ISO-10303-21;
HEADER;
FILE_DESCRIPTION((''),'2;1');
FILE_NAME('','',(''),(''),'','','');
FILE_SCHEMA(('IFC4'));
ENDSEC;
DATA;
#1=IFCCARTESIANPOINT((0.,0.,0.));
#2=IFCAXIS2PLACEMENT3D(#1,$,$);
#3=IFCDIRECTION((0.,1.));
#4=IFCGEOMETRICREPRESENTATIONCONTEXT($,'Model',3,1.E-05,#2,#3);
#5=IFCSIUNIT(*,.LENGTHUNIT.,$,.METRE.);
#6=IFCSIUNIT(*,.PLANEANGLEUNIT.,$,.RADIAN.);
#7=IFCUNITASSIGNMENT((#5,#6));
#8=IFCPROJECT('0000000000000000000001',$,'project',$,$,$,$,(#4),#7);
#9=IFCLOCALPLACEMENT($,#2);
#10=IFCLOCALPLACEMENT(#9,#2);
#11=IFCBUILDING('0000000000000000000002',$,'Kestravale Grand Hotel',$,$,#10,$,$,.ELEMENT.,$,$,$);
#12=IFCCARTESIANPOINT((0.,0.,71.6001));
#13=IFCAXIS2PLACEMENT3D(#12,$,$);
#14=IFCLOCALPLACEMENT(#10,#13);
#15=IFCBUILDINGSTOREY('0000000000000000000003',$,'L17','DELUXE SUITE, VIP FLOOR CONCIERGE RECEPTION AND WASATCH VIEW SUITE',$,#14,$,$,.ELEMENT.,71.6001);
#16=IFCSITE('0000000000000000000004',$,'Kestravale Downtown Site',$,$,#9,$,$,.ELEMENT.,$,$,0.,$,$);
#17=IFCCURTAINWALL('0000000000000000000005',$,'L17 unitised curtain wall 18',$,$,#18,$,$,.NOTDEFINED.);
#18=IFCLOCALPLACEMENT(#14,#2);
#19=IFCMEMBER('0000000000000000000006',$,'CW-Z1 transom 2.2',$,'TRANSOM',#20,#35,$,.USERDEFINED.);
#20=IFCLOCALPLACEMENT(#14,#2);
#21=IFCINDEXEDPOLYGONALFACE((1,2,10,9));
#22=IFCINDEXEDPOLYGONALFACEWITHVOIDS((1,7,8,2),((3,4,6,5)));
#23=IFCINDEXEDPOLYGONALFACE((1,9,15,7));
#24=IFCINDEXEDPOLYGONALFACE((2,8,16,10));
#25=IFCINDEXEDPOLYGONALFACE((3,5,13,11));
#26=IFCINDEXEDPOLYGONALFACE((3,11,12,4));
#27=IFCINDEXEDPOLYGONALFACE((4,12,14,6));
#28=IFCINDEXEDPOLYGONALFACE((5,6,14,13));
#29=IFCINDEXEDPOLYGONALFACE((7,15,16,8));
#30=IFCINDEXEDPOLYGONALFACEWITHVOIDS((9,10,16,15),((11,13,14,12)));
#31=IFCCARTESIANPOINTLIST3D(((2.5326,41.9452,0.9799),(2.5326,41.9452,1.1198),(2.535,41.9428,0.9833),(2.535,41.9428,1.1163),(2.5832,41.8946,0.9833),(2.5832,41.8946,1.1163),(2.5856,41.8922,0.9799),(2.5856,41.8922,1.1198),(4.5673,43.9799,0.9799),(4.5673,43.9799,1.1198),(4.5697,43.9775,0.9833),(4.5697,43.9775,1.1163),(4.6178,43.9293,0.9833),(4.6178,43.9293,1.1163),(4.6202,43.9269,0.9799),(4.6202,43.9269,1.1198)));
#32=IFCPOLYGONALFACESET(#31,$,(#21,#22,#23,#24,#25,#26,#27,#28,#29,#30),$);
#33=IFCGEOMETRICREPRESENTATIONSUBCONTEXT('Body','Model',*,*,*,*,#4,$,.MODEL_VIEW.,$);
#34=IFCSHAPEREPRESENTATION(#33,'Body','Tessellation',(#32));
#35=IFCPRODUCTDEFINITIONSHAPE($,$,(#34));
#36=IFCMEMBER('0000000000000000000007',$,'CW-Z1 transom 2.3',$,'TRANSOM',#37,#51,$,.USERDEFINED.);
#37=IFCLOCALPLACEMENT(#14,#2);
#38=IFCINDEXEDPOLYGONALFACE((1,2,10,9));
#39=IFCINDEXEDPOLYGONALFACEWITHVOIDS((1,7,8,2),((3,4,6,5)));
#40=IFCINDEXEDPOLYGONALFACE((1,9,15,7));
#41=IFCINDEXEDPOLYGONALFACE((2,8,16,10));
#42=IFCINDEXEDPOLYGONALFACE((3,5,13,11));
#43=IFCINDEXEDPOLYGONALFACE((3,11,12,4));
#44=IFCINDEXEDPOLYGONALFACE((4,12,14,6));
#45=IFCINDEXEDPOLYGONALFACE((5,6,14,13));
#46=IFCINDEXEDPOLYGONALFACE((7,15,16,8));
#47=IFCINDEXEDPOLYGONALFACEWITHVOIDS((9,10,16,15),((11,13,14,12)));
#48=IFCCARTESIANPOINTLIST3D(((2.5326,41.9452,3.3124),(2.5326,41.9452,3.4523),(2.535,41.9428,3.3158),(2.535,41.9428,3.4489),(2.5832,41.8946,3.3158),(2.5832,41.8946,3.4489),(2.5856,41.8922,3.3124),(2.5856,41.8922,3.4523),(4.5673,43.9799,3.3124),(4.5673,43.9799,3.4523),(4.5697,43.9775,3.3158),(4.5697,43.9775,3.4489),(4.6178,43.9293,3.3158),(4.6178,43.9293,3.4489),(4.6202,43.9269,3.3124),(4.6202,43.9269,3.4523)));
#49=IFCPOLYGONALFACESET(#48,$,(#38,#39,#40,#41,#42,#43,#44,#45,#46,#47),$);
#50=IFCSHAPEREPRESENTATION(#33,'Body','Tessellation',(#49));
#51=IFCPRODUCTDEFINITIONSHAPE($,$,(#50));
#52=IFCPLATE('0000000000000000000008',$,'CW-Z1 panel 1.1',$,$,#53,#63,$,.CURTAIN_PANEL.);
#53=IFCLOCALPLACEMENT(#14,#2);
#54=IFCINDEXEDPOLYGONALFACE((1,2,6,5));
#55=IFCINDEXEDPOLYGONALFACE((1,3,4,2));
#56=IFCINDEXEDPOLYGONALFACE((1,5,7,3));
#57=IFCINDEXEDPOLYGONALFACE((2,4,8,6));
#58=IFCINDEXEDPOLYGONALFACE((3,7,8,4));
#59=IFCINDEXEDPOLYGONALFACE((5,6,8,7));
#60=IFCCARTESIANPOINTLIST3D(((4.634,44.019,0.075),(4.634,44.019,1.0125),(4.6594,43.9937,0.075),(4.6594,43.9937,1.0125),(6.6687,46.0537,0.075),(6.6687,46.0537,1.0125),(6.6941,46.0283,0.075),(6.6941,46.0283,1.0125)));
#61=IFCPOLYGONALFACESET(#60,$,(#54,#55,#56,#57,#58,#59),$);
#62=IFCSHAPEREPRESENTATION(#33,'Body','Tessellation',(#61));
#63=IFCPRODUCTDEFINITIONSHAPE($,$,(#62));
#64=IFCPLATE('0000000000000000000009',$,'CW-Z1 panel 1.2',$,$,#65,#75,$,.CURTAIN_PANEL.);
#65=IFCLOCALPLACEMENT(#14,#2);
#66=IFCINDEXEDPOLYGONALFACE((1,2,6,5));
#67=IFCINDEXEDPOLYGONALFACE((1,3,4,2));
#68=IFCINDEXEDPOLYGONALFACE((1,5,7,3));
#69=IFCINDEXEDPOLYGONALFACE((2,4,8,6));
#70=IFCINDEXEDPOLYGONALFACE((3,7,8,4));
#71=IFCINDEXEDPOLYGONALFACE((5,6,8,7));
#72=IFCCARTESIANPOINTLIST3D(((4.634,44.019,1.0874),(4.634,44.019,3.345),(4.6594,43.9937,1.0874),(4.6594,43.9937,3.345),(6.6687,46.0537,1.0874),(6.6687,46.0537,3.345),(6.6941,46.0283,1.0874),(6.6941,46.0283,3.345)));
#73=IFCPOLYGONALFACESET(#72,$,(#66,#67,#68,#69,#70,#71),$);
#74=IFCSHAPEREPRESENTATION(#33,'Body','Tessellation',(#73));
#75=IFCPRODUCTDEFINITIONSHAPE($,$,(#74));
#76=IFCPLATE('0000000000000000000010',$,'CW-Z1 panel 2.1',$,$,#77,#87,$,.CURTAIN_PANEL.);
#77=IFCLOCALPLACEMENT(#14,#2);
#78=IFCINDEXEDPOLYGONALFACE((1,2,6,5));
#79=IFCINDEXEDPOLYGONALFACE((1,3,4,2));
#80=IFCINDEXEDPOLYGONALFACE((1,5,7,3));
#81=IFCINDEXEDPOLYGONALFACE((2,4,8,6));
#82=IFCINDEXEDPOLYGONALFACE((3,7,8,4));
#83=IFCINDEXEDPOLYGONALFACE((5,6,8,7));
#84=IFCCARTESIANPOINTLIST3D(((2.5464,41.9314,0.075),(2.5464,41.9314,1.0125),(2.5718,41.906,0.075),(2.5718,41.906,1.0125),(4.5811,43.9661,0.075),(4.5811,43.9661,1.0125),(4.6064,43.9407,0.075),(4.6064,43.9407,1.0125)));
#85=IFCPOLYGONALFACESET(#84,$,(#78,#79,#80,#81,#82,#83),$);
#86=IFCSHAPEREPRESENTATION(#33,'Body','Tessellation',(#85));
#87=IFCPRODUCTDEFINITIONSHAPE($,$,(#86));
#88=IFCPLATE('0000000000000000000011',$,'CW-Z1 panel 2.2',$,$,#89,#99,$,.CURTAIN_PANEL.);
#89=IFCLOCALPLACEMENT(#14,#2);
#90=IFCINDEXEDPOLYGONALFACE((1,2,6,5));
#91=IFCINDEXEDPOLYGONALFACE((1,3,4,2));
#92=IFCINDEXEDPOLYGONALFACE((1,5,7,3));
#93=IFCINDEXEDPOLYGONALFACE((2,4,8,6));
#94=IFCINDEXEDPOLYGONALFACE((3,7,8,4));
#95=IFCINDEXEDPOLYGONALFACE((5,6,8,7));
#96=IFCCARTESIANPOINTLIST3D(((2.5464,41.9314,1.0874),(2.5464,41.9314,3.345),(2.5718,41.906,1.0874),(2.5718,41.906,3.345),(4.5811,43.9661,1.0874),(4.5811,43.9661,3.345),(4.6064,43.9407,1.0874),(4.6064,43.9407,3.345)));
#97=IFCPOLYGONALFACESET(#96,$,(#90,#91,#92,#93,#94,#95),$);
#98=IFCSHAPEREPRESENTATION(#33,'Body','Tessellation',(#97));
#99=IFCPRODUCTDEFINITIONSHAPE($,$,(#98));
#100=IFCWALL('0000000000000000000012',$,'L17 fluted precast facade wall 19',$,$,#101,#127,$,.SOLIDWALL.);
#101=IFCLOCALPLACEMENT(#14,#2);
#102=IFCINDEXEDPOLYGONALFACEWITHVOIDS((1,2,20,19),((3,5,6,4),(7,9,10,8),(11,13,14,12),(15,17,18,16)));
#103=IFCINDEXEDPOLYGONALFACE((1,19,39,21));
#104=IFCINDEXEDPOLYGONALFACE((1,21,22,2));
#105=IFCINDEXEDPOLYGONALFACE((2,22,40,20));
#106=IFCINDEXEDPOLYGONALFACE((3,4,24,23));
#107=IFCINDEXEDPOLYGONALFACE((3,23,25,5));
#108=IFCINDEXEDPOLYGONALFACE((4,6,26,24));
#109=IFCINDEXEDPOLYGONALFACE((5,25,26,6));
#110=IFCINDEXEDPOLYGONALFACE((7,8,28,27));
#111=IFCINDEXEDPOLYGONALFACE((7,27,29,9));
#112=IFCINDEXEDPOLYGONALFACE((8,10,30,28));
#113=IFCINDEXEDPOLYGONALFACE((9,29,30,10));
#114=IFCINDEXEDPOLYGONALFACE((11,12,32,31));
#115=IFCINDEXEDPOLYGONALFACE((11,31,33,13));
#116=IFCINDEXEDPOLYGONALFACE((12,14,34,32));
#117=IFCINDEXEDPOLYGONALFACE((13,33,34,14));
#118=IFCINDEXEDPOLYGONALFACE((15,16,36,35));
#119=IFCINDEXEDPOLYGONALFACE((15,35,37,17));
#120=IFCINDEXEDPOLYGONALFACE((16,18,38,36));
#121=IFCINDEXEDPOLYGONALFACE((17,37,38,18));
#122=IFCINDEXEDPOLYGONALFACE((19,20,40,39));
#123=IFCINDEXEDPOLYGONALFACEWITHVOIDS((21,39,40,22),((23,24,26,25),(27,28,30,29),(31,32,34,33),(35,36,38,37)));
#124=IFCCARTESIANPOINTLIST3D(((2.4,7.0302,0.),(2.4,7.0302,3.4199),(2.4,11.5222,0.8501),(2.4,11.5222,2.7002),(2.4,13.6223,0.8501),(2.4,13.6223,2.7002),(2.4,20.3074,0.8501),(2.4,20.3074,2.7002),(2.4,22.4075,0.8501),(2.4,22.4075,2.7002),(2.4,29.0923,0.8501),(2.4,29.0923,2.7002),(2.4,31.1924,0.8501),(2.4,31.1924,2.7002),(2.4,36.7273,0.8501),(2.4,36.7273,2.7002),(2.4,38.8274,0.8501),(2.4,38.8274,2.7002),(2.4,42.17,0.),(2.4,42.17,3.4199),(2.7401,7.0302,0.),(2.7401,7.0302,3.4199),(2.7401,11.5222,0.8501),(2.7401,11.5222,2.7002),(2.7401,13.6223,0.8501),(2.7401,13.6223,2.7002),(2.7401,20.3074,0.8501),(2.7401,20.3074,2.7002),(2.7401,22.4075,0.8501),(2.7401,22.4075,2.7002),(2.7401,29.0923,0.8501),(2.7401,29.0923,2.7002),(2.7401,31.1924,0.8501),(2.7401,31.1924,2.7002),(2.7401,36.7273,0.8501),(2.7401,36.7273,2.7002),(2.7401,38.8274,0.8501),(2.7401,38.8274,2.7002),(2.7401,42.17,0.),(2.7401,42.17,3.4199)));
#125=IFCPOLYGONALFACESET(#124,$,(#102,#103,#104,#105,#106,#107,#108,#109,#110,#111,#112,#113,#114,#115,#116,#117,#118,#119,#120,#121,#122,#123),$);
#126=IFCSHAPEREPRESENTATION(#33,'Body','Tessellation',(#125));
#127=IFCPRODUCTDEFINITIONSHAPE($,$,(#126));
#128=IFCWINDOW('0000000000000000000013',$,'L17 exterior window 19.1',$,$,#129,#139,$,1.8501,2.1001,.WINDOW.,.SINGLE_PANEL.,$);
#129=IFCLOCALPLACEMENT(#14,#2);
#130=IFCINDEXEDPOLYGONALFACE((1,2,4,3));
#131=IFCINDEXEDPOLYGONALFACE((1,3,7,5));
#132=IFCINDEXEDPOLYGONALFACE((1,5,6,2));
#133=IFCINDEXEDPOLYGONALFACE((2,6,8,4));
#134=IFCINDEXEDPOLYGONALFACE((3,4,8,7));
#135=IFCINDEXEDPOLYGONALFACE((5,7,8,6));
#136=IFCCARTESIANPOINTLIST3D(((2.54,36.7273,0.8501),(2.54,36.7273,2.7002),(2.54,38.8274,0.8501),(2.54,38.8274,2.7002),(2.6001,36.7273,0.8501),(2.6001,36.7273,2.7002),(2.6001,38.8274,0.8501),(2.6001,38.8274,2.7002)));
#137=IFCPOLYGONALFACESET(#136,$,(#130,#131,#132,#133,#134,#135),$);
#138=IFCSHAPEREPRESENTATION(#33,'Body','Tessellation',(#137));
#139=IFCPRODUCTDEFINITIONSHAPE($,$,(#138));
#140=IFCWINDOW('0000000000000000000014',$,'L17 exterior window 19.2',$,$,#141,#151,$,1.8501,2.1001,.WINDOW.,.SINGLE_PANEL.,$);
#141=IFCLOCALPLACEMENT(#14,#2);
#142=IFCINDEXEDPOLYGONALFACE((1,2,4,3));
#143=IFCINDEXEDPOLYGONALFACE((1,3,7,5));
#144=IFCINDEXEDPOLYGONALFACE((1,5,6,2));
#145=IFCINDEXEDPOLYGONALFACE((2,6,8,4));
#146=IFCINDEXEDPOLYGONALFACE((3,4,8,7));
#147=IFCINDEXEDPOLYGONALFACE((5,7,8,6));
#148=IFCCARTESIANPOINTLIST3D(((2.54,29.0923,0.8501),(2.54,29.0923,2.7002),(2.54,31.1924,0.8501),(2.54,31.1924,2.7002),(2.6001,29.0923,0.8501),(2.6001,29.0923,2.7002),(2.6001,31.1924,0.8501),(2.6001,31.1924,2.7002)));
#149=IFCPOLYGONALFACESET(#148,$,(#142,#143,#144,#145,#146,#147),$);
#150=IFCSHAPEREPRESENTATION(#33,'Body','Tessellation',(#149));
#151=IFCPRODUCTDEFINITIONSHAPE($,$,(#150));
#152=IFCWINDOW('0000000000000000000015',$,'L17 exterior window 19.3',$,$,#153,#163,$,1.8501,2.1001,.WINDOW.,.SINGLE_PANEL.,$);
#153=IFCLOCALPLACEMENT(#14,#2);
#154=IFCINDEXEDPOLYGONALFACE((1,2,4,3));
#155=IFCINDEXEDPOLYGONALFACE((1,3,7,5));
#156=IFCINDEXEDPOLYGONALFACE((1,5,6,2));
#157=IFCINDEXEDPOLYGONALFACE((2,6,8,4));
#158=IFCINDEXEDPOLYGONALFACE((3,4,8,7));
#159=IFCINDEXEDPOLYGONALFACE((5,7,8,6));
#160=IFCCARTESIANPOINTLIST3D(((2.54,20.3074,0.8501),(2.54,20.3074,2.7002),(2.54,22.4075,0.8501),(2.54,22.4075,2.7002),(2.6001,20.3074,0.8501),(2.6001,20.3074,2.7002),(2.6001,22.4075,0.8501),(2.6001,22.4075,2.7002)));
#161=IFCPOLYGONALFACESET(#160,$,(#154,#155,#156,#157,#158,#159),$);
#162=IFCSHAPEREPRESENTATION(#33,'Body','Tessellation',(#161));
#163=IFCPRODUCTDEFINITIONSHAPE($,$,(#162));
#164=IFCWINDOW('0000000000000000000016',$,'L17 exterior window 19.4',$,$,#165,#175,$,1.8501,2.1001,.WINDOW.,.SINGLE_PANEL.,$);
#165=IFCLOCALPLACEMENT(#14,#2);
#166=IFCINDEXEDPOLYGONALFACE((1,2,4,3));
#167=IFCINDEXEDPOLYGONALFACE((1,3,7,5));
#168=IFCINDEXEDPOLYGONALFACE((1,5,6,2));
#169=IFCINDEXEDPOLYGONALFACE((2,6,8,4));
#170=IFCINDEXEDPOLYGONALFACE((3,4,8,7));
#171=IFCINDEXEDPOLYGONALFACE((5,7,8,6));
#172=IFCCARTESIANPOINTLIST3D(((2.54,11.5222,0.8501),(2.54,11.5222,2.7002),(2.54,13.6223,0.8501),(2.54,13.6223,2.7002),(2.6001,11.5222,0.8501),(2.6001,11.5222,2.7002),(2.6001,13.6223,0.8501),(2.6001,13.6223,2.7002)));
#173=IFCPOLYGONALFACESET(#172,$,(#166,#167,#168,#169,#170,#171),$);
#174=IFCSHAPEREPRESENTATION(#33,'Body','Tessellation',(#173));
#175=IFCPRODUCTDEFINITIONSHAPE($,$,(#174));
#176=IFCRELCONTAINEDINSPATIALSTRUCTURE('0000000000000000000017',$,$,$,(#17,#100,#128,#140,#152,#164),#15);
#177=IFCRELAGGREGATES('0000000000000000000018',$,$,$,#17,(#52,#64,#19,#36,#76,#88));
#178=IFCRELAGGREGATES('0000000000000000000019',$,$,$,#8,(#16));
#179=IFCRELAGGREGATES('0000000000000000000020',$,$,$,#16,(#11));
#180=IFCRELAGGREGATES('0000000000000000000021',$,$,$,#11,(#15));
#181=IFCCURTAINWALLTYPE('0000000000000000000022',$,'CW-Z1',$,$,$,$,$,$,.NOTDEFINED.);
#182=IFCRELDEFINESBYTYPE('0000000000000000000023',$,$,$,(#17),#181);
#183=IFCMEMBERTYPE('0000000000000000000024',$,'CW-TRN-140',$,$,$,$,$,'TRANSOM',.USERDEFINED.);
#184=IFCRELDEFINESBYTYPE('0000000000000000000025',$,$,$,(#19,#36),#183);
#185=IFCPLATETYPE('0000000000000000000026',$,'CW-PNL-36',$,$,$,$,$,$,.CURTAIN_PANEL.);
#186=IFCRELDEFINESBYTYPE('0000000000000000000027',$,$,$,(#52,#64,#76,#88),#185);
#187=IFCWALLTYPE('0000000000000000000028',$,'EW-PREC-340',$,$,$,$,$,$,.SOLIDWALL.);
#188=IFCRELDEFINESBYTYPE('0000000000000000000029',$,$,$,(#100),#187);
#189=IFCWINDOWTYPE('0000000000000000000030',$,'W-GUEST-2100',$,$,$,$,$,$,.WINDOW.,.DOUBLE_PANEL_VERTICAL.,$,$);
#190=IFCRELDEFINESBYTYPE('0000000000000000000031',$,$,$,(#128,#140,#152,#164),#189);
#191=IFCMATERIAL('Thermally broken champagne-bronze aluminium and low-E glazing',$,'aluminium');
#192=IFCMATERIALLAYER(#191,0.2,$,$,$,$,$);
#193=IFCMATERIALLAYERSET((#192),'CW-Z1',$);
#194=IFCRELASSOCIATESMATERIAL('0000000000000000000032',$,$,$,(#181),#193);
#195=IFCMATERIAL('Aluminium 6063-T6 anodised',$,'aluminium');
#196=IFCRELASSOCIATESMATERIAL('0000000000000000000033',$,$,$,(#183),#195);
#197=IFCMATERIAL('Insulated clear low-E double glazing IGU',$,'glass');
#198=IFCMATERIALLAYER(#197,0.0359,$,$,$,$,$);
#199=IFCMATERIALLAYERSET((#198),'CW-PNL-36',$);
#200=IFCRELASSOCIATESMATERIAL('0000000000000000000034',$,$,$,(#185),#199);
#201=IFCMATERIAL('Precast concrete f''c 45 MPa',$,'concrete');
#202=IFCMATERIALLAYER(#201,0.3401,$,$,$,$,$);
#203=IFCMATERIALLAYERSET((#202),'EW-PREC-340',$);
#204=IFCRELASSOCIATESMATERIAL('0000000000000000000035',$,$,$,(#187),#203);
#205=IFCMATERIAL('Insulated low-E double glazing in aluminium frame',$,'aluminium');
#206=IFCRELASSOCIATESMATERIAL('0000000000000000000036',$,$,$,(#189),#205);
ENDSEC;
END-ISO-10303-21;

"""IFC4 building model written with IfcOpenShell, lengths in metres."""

from ifc_helpers import new_model, si_unit, direction, frame, frame_2d, origin, origin_2d, place, context, subcontext, project, spatial, rectangle, hollow_rectangle, extrude, material, layer, layer_set, material_profile, profile_set, type_object, element, fill, aggregate, save


model = new_model("IFC4")

# Units and contexts
model_context = context("Model", 3, precision=1e-05, world=origin(), true_north=direction((0.0, 1.0)))
body_context = subcontext(model_context, "Body", "Model", "MODEL_VIEW")
ifc_project = project(units=[si_unit("LENGTHUNIT", "METRE"), si_unit("PLANEANGLEUNIT", "RADIAN")], contexts=[model_context])

# Site, building, storey
site_placement = place(None, origin())
site = spatial("IfcSite", under=ifc_project, at=site_placement, Name="Kestravale Downtown Site", CompositionType="ELEMENT", RefElevation=0.0)
building_placement = place(site_placement, origin())
building = spatial("IfcBuilding", under=site, at=building_placement, Name="Kestravale Grand Hotel", CompositionType="ELEMENT")
storey_placement = place(building_placement, frame((0.0, 0.0, 71.6001)))
storey = spatial("IfcBuildingStorey", under=building, at=storey_placement, Name="L17", Description="DELUXE SUITE, VIP FLOOR CONCIERGE RECEPTION AND WASATCH VIEW SUITE", CompositionType="ELEMENT", Elevation=71.6001)

# Curtain wall, members, plates
ifc_material_1 = material(Name="Thermally broken champagne-bronze aluminium and low-E glazing", Category="aluminium")
ifc_layer_1 = layer(ifc_material_1, 0.2)
ifc_layer_set_1 = layer_set([ifc_layer_1], Name="CW-Z1")
curtain_wall_type = type_object("IfcCurtainWallType", Name="CW-Z1", PredefinedType="NOTDEFINED", material=ifc_layer_set_1)
curtain_wall_placement = place(storey_placement, origin())
curtain_wall = element("IfcCurtainWall", 1, at=curtain_wall_placement, inside=storey, type_object=curtain_wall_type, Name="L17 unitised curtain wall 18", PredefinedType="NOTDEFINED")
ifc_material_2 = material(Name="Aluminium 6063-T6 anodised", Category="aluminium")
ifc_material_profile_1 = material_profile(ifc_material_2, hollow_rectangle(XDim=0.075, YDim=0.1399, WallThickness=0.0034, at=origin_2d()))
ifc_profile_set_1 = profile_set([ifc_material_profile_1], Name="Aluminium 6063-T6 anodised")
member_type_1 = type_object("IfcMemberType", Name="CW-TRN-140", ElementType="TRANSOM", PredefinedType="USERDEFINED", material=ifc_profile_set_1)
member_1_placement = place(storey_placement, frame((4.5938, 43.9534, 1.0498), z_axis=(-0.707107, -0.707107, 0.0), x_axis=(0.707107, -0.707107, 0.0)))
member_1 = element("IfcMember", 2, at=member_1_placement, type_object=member_type_1, Name="CW-Z1 transom 2.2", ObjectType="TRANSOM", PredefinedType="USERDEFINED", context=body_context, shape_type="SweptSolid", body=[
    extrude(hollow_rectangle(XDim=0.075, YDim=0.1399, WallThickness=0.0034, at=origin_2d()), origin(), (0.0, 0.0, 1.0), 2.8774),
])
member_2_placement = place(storey_placement, frame((4.5938, 43.9534, 3.3823), z_axis=(-0.707107, -0.707107, 0.0), x_axis=(0.707107, -0.707107, 0.0)))
member_2 = element("IfcMember", 3, at=member_2_placement, type_object=member_type_1, Name="CW-Z1 transom 2.3", ObjectType="TRANSOM", PredefinedType="USERDEFINED", context=body_context, shape_type="SweptSolid", body=[
    extrude(hollow_rectangle(XDim=0.075, YDim=0.1399, WallThickness=0.0034, at=origin_2d()), origin(), (0.0, 0.0, 1.0), 2.8774),
])
ifc_material_3 = material(Name="Insulated clear low-E double glazing IGU", Category="glass")
ifc_layer_2 = layer(ifc_material_3, 0.0359)
ifc_layer_set_2 = layer_set([ifc_layer_2], Name="CW-PNL-36")
plate_type = type_object("IfcPlateType", Name="CW-PNL-36", PredefinedType="CURTAIN_PANEL", material=ifc_layer_set_2)
plate_1_placement = place(storey_placement, frame((5.6641, 45.0237, 0.075), z_axis=(0.0, 0.0, 1.0), x_axis=(-0.707107, -0.707107, 0.0)))
plate_1 = element("IfcPlate", 4, at=plate_1_placement, type_object=plate_type, Name="CW-Z1 panel 1.1", PredefinedType="CURTAIN_PANEL", context=body_context, shape_type="SweptSolid", body=[
    extrude(rectangle(XDim=2.8774, YDim=0.0359, at=origin_2d()), origin(), (0.0, 0.0, 1.0), 0.9375),
])
plate_2_placement = place(storey_placement, frame((5.6641, 45.0237, 1.0874), z_axis=(0.0, 0.0, 1.0), x_axis=(-0.707107, -0.707107, 0.0)))
plate_2 = element("IfcPlate", 5, at=plate_2_placement, type_object=plate_type, Name="CW-Z1 panel 1.2", PredefinedType="CURTAIN_PANEL", context=body_context, shape_type="SweptSolid", body=[
    extrude(rectangle(XDim=2.8774, YDim=0.0359, at=origin_2d()), origin(), (0.0, 0.0, 1.0), 2.2576),
])
plate_3_placement = place(storey_placement, frame((3.5764, 42.936, 0.075), z_axis=(0.0, 0.0, 1.0), x_axis=(-0.707107, -0.707107, 0.0)))
plate_3 = element("IfcPlate", 6, at=plate_3_placement, type_object=plate_type, Name="CW-Z1 panel 2.1", PredefinedType="CURTAIN_PANEL", context=body_context, shape_type="SweptSolid", body=[
    extrude(rectangle(XDim=2.8774, YDim=0.0359, at=origin_2d()), origin(), (0.0, 0.0, 1.0), 0.9375),
])
plate_4_placement = place(storey_placement, frame((3.5764, 42.936, 1.0874), z_axis=(0.0, 0.0, 1.0), x_axis=(-0.707107, -0.707107, 0.0)))
plate_4 = element("IfcPlate", 7, at=plate_4_placement, type_object=plate_type, Name="CW-Z1 panel 2.2", PredefinedType="CURTAIN_PANEL", context=body_context, shape_type="SweptSolid", body=[
    extrude(rectangle(XDim=2.8774, YDim=0.0359, at=origin_2d()), origin(), (0.0, 0.0, 1.0), 2.2576),
])
aggregate(curtain_wall, [plate_1, plate_2, member_1, member_2, plate_3, plate_4])

# Wall, openings, windows
ifc_material_4 = material(Name="Precast concrete f'c 45 MPa", Category="concrete")
ifc_layer_3 = layer(ifc_material_4, 0.3401)
ifc_layer_set_3 = layer_set([ifc_layer_3], Name="EW-PREC-340")
wall_type_1 = type_object("IfcWallType", Name="EW-PREC-340", PredefinedType="SOLIDWALL", material=ifc_layer_set_3)
wall_1_placement = place(storey_placement, frame((2.5701, 42.1699, 0.0), z_axis=(0.0, 0.0, 1.0), x_axis=(0.0, -1.0, 0.0)))
wall_1 = element("IfcWall", 8, at=wall_1_placement, inside=storey, type_object=wall_type_1, Name="L17 fluted precast facade wall 19", PredefinedType="SOLIDWALL", context=body_context, shape_type="SweptSolid", body=[
    extrude(rectangle(XDim=35.1399, YDim=0.3401, at=frame_2d((17.5698, 0.0))), origin(), (0.0, 0.0, 1.0), 3.4199),
])
opening_1_placement = place(wall_1_placement, frame((3.3425, 0.0, 0.8501)))
opening_1 = element("IfcOpeningElement", 9, at=opening_1_placement, cuts=wall_1, PredefinedType="OPENING", context=body_context, shape_type="SweptSolid", body=[
    extrude(rectangle(XDim=2.1001, YDim=1.8501, at=frame_2d((1.05, 0.925))), frame((0.0, 0.1799, 0.0), z_axis=(0.0, -1.0, 0.0), x_axis=(1.0, 0.0, 0.0)), (0.0, 0.0, 1.0), 0.3601),
])
opening_2_placement = place(wall_1_placement, frame((10.9775, 0.0, 0.8501)))
opening_2 = element("IfcOpeningElement", 10, at=opening_2_placement, cuts=wall_1, PredefinedType="OPENING", context=body_context, shape_type="SweptSolid", body=[
    extrude(rectangle(XDim=2.1001, YDim=1.8501, at=frame_2d((1.05, 0.925))), frame((0.0, 0.1799, 0.0), z_axis=(0.0, -1.0, 0.0), x_axis=(1.0, 0.0, 0.0)), (0.0, 0.0, 1.0), 0.3601),
])
opening_3_placement = place(wall_1_placement, frame((19.7625, 0.0, 0.8501)))
opening_3 = element("IfcOpeningElement", 11, at=opening_3_placement, cuts=wall_1, PredefinedType="OPENING", context=body_context, shape_type="SweptSolid", body=[
    extrude(rectangle(XDim=2.1001, YDim=1.8501, at=frame_2d((1.05, 0.925))), frame((0.0, 0.1799, 0.0), z_axis=(0.0, -1.0, 0.0), x_axis=(1.0, 0.0, 0.0)), (0.0, 0.0, 1.0), 0.3601),
])
opening_4_placement = place(wall_1_placement, frame((28.5476, 0.0, 0.8501)))
opening_4 = element("IfcOpeningElement", 12, at=opening_4_placement, cuts=wall_1, PredefinedType="OPENING", context=body_context, shape_type="SweptSolid", body=[
    extrude(rectangle(XDim=2.1001, YDim=1.8501, at=frame_2d((1.05, 0.925))), frame((0.0, 0.1799, 0.0), z_axis=(0.0, -1.0, 0.0), x_axis=(1.0, 0.0, 0.0)), (0.0, 0.0, 1.0), 0.3601),
])
ifc_material_5 = material(Name="Insulated low-E double glazing in aluminium frame", Category="aluminium")
window_type = type_object("IfcWindowType", Name="W-GUEST-2100", PartitioningType="DOUBLE_PANEL_VERTICAL", PredefinedType="WINDOW", material=ifc_material_5)
window_1_placement = place(opening_1_placement, origin())
window_1 = element("IfcWindow", 13, at=window_1_placement, inside=storey, type_object=window_type, Name="L17 exterior window 19.1", OverallHeight=1.8501, OverallWidth=2.1001, PartitioningType="SINGLE_PANEL", PredefinedType="WINDOW", context=body_context, shape_type="SweptSolid", body=[
    extrude(rectangle(XDim=2.1001, YDim=1.8501, at=frame_2d((1.05, 0.925))), frame((0.0, 0.03, 0.0), z_axis=(0.0, -1.0, 0.0), x_axis=(1.0, 0.0, 0.0)), (0.0, 0.0, 1.0), 0.0601),
])
fill(opening_1, window_1)
window_2_placement = place(opening_2_placement, origin())
window_2 = element("IfcWindow", 14, at=window_2_placement, inside=storey, type_object=window_type, Name="L17 exterior window 19.2", OverallHeight=1.8501, OverallWidth=2.1001, PartitioningType="SINGLE_PANEL", PredefinedType="WINDOW", context=body_context, shape_type="SweptSolid", body=[
    extrude(rectangle(XDim=2.1001, YDim=1.8501, at=frame_2d((1.05, 0.925))), frame((0.0, 0.03, 0.0), z_axis=(0.0, -1.0, 0.0), x_axis=(1.0, 0.0, 0.0)), (0.0, 0.0, 1.0), 0.0601),
])
fill(opening_2, window_2)
window_3_placement = place(opening_3_placement, origin())
window_3 = element("IfcWindow", 15, at=window_3_placement, inside=storey, type_object=window_type, Name="L17 exterior window 19.3", OverallHeight=1.8501, OverallWidth=2.1001, PartitioningType="SINGLE_PANEL", PredefinedType="WINDOW", context=body_context, shape_type="SweptSolid", body=[
    extrude(rectangle(XDim=2.1001, YDim=1.8501, at=frame_2d((1.05, 0.925))), frame((0.0, 0.03, 0.0), z_axis=(0.0, -1.0, 0.0), x_axis=(1.0, 0.0, 0.0)), (0.0, 0.0, 1.0), 0.0601),
])
fill(opening_3, window_3)
window_4_placement = place(opening_4_placement, origin())
window_4 = element("IfcWindow", 16, at=window_4_placement, inside=storey, type_object=window_type, Name="L17 exterior window 19.4", OverallHeight=1.8501, OverallWidth=2.1001, PartitioningType="SINGLE_PANEL", PredefinedType="WINDOW", context=body_context, shape_type="SweptSolid", body=[
    extrude(rectangle(XDim=2.1001, YDim=1.8501, at=frame_2d((1.05, 0.925))), frame((0.0, 0.03, 0.0), z_axis=(0.0, -1.0, 0.0), x_axis=(1.0, 0.0, 0.0)), (0.0, 0.0, 1.0), 0.0601),
])
fill(opening_4, window_4)

save(model, "model.ifc")
